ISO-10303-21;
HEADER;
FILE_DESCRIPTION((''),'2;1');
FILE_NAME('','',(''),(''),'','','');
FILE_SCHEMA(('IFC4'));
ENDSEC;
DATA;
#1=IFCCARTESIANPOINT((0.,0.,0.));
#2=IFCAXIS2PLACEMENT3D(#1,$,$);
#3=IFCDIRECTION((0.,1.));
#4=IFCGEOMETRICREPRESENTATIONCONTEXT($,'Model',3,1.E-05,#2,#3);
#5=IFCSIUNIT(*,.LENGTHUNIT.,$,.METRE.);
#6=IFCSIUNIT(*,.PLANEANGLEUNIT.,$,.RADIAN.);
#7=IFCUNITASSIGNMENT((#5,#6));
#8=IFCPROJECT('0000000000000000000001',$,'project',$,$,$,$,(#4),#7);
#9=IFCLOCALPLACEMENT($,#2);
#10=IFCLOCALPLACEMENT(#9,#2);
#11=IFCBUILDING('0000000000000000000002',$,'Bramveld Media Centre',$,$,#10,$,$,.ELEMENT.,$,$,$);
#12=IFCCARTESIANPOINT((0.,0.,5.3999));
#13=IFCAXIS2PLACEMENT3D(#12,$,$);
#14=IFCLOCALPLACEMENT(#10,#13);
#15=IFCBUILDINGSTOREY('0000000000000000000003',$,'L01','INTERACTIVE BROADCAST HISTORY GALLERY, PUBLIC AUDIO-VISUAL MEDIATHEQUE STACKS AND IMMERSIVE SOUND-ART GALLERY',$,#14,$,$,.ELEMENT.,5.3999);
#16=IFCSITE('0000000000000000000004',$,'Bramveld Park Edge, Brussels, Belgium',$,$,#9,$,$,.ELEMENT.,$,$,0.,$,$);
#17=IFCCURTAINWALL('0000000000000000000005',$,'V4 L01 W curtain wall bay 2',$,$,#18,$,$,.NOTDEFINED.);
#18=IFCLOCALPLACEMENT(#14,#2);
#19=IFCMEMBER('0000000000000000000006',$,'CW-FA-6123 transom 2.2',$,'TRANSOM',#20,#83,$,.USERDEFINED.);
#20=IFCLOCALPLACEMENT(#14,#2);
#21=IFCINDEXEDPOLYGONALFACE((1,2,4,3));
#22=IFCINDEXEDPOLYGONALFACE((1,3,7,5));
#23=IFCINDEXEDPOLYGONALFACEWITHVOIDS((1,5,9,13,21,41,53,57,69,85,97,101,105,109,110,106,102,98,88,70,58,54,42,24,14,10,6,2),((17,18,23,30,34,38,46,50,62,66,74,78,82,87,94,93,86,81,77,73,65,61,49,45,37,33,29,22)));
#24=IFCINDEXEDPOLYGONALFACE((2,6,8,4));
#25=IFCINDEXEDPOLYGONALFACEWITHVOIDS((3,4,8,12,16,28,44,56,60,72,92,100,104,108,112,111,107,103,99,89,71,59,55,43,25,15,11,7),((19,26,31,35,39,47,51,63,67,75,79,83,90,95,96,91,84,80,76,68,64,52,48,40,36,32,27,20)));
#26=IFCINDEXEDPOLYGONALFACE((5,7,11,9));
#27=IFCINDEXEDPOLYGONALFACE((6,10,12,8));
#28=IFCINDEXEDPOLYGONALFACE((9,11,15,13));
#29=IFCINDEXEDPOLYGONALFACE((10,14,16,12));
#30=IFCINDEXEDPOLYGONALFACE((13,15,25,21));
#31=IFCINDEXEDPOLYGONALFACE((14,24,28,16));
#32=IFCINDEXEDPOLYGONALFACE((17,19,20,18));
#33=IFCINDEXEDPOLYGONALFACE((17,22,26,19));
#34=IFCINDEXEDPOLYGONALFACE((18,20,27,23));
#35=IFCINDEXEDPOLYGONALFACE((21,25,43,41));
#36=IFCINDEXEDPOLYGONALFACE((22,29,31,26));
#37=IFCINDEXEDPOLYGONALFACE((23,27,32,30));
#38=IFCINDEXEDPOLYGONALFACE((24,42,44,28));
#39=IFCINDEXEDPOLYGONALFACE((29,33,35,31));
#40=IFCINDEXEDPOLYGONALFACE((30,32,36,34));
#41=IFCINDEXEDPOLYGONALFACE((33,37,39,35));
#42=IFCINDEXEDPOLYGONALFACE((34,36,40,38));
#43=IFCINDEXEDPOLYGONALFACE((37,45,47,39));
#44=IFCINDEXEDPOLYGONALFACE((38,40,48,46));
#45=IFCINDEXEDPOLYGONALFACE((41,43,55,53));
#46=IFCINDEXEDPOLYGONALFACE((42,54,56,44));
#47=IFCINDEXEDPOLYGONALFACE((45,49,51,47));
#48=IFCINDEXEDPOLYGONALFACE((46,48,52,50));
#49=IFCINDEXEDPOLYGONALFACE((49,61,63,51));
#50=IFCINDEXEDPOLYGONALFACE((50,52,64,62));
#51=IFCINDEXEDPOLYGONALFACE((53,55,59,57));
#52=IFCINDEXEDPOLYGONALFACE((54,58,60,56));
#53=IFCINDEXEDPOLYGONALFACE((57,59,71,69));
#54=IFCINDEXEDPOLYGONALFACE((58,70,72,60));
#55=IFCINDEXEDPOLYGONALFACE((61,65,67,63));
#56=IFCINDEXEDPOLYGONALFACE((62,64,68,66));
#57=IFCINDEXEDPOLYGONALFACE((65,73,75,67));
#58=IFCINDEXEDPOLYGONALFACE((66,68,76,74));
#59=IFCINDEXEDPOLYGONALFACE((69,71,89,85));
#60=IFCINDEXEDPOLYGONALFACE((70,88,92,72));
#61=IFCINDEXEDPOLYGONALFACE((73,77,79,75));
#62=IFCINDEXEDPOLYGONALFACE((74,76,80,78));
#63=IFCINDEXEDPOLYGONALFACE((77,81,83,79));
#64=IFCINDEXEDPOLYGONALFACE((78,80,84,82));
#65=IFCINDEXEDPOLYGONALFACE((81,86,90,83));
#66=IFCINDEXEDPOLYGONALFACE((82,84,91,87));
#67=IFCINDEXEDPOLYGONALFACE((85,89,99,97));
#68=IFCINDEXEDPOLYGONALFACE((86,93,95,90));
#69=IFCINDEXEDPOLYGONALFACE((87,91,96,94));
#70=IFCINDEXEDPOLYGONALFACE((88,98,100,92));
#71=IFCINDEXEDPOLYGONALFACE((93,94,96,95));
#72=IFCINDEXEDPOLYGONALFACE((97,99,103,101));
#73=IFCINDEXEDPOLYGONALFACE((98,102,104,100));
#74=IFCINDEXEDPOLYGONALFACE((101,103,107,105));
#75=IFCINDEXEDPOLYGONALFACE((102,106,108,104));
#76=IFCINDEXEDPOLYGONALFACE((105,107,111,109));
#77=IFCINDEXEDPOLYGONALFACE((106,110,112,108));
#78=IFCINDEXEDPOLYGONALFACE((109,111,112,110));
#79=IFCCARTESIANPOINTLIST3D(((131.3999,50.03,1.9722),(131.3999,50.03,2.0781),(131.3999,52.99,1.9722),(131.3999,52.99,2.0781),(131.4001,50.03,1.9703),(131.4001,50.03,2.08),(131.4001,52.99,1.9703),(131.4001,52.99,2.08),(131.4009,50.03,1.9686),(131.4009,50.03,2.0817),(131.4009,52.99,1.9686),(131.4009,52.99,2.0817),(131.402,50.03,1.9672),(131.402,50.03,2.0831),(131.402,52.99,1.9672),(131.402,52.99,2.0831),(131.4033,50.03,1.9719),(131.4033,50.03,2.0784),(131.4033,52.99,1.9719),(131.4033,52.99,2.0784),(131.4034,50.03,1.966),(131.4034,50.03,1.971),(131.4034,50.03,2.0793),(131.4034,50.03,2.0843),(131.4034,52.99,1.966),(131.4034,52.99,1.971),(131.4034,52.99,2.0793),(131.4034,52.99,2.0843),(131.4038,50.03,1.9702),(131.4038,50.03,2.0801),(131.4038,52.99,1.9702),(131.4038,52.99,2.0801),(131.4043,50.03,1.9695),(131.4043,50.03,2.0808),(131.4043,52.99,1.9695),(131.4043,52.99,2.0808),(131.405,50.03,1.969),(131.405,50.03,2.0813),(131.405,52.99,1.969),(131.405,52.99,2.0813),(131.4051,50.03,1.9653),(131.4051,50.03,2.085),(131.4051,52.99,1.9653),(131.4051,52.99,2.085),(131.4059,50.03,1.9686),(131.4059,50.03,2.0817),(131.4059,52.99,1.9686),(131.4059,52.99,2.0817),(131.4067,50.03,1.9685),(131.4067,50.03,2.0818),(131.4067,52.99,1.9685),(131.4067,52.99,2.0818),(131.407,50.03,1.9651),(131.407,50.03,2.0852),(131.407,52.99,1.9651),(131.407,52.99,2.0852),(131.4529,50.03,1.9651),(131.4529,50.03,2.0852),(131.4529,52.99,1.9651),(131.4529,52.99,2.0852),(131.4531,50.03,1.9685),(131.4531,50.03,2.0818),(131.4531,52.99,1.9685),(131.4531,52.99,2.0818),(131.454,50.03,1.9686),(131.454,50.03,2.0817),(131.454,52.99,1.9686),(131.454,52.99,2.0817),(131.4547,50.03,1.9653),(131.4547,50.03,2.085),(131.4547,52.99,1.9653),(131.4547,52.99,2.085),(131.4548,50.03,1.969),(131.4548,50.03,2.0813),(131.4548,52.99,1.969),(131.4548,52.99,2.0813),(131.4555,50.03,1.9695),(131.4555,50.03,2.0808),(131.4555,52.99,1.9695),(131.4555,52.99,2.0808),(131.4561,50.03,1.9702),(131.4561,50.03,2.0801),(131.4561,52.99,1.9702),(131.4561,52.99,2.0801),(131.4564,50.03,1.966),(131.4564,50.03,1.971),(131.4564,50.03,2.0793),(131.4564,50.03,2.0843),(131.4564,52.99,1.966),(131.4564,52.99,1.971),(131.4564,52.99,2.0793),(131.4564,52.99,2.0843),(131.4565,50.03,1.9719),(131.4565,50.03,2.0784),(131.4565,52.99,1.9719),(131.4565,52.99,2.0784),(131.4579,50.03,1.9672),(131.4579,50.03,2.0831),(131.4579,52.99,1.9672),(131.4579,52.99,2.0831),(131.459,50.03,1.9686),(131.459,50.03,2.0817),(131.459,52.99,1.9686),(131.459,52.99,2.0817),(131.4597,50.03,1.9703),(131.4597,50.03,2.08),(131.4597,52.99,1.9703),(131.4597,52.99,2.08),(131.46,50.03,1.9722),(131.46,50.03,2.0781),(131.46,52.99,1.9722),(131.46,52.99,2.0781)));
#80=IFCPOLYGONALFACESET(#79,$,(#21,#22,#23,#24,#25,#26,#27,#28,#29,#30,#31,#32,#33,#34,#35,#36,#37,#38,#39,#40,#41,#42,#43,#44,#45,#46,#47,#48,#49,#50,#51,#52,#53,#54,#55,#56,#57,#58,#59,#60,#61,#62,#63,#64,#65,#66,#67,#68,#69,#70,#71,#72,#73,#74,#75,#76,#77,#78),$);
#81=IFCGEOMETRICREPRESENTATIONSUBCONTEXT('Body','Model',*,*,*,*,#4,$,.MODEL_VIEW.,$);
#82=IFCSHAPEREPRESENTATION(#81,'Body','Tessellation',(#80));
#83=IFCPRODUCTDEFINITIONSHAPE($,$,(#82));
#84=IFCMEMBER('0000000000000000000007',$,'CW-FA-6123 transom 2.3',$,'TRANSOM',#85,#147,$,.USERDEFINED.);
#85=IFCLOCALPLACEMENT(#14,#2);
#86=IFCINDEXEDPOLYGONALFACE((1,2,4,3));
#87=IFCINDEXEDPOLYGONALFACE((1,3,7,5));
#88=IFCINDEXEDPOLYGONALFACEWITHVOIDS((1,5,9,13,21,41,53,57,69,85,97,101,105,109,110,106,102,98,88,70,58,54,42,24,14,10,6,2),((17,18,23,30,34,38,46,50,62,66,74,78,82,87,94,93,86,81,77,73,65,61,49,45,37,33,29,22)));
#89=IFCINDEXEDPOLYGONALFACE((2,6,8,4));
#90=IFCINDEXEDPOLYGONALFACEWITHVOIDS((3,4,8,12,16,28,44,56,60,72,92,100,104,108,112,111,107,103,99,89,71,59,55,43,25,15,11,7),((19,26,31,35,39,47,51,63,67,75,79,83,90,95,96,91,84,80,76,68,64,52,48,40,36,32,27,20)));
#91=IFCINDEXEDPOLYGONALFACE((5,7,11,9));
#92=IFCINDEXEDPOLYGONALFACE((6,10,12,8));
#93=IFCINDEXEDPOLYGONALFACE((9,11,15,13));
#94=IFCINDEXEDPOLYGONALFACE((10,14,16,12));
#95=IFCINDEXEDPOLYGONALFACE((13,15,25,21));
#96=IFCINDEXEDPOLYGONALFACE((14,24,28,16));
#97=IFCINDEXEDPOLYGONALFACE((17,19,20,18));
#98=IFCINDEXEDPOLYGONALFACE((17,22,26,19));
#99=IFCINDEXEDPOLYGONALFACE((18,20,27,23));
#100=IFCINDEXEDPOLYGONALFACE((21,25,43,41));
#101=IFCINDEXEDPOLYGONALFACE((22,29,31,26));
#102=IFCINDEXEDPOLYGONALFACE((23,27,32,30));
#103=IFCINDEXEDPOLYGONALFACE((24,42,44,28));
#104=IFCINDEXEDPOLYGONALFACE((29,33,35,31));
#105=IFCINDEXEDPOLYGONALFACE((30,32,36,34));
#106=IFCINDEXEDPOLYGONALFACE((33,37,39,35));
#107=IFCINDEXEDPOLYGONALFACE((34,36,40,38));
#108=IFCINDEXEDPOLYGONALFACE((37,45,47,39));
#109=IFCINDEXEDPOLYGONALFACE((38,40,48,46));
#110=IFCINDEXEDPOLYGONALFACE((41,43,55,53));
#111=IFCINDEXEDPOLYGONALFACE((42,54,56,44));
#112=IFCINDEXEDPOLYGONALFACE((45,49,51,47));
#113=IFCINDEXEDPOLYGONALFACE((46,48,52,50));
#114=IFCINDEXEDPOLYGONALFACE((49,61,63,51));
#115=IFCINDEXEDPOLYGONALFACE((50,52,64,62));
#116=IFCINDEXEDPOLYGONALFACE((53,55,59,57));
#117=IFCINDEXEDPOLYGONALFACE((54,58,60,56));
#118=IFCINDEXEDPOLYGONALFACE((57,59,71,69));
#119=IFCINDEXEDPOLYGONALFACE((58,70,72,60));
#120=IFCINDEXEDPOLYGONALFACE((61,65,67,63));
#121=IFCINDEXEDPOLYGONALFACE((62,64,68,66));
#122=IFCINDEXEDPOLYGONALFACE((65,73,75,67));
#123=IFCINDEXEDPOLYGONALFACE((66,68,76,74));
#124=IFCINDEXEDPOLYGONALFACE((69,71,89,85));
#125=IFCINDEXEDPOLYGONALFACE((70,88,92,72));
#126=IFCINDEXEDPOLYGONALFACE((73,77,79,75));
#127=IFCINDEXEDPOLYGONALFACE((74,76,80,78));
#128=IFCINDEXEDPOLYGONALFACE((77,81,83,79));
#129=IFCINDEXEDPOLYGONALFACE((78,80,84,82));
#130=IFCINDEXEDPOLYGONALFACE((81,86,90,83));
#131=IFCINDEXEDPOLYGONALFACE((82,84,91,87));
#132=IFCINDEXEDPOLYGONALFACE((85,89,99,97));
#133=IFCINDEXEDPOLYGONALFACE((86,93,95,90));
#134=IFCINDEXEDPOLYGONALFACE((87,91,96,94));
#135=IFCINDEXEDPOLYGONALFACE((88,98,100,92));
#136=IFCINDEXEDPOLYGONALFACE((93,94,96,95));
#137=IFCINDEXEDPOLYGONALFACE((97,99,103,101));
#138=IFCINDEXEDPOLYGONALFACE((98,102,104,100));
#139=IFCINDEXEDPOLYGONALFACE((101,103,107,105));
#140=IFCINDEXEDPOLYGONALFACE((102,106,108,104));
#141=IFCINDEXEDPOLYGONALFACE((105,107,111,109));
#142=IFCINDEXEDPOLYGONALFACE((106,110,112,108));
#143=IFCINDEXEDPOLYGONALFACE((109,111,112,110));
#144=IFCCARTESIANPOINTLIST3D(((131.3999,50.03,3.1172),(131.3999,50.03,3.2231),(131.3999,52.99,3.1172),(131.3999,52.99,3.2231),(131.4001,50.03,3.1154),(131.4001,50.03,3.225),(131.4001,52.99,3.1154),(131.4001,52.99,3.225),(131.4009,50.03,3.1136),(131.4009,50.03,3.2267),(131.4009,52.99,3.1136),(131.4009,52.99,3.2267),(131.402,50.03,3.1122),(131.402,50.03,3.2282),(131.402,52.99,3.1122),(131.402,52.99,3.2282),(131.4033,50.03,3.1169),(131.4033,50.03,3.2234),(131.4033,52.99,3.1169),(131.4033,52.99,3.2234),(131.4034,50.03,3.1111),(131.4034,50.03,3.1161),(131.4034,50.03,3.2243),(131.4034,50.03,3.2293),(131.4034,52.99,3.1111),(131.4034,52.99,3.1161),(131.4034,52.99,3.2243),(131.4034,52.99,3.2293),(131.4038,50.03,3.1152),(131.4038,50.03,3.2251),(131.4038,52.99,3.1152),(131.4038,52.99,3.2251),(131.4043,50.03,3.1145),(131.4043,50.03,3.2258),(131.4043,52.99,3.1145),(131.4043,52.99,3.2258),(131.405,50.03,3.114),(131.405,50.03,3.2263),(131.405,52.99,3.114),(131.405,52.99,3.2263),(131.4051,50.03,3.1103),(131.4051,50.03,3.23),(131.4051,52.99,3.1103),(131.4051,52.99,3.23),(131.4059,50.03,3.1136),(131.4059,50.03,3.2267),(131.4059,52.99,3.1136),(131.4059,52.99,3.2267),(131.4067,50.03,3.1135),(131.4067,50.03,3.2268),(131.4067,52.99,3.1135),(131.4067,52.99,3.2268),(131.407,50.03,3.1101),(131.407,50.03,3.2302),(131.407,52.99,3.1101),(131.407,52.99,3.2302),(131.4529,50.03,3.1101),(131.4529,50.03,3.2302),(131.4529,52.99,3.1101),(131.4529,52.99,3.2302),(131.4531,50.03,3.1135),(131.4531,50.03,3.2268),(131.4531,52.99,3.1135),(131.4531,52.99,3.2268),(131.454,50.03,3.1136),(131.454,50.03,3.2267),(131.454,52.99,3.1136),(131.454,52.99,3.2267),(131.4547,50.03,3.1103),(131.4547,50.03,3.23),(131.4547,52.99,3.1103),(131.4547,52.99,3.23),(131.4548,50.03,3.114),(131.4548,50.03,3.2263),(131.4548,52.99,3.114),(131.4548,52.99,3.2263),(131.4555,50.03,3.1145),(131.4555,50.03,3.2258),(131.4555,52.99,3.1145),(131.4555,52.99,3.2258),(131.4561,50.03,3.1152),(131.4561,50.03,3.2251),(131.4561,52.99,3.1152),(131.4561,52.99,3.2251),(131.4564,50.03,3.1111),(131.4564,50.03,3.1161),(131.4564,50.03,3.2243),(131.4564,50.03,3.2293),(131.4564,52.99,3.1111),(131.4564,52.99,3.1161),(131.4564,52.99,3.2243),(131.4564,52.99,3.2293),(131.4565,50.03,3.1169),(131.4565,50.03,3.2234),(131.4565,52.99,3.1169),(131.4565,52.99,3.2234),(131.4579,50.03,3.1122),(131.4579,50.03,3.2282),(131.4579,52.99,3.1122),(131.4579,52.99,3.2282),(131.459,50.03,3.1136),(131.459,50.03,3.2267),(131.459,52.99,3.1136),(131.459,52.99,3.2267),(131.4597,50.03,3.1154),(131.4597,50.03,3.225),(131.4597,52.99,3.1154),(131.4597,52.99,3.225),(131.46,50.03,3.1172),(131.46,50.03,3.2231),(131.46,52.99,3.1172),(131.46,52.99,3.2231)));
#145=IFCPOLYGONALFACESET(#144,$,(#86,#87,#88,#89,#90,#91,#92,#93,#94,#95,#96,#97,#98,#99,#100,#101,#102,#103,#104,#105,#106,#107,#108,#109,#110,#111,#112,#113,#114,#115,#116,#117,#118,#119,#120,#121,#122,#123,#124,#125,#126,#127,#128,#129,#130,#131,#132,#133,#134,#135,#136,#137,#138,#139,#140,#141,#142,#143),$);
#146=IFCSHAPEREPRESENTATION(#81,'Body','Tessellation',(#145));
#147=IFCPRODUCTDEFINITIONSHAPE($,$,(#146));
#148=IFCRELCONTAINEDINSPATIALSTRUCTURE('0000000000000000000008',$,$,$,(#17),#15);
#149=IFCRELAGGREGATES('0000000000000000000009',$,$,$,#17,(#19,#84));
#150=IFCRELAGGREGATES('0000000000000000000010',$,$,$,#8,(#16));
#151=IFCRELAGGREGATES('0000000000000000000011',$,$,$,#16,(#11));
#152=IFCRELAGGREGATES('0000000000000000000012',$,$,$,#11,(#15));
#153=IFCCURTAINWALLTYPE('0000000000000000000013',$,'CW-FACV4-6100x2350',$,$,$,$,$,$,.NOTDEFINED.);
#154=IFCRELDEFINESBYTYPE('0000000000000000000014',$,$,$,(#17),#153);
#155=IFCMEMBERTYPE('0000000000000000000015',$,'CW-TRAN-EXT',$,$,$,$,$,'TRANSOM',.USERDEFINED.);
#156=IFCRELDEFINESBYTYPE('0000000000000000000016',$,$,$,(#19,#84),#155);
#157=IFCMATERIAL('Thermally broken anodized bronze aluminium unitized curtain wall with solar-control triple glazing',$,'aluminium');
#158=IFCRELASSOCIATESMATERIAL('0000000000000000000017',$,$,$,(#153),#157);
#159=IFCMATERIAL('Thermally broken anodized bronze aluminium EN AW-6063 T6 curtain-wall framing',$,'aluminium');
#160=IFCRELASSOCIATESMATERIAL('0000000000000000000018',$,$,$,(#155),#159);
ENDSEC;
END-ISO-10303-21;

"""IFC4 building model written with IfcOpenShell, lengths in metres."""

from ifc_helpers import new_model, si_unit, direction, frame, origin, origin_2d, place, context, subcontext, project, spatial, hollow_rectangle, extrude, material, material_profile, profile_set, type_object, element, aggregate, save


model = new_model("IFC4")

# Units and contexts
model_context = context("Model", 3, precision=1e-05, world=origin(), true_north=direction((0.0, 1.0)))
body_context = subcontext(model_context, "Body", "Model", "MODEL_VIEW")
ifc_project = project(units=[si_unit("LENGTHUNIT", "METRE"), si_unit("PLANEANGLEUNIT", "RADIAN")], contexts=[model_context])

# Site, building, storey
site_placement = place(None, origin())
site = spatial("IfcSite", under=ifc_project, at=site_placement, Name="Bramveld Park Edge, Brussels, Belgium", CompositionType="ELEMENT", RefElevation=0.0)
building_placement = place(site_placement, origin())
building = spatial("IfcBuilding", under=site, at=building_placement, Name="Bramveld Media Centre", CompositionType="ELEMENT")
storey_placement = place(building_placement, frame((0.0, 0.0, 5.3999)))
storey = spatial("IfcBuildingStorey", under=building, at=storey_placement, Name="L01", Description="INTERACTIVE BROADCAST HISTORY GALLERY, PUBLIC AUDIO-VISUAL MEDIATHEQUE STACKS AND IMMERSIVE SOUND-ART GALLERY", CompositionType="ELEMENT", Elevation=5.3999)

# Curtain wall
ifc_material_1 = material(Name="Thermally broken anodized bronze aluminium unitized curtain wall with solar-control triple glazing", Category="aluminium")
curtain_wall_type = type_object("IfcCurtainWallType", Name="CW-FACV4-6100x2350", PredefinedType="NOTDEFINED", material=ifc_material_1)
curtain_wall_1_placement = place(storey_placement, origin())
curtain_wall_1 = element("IfcCurtainWall", 1, at=curtain_wall_1_placement, inside=storey, type_object=curtain_wall_type, Name="V4 L01 W curtain wall bay 2", PredefinedType="NOTDEFINED")

# Members
ifc_material_2 = material(Name="Thermally broken anodized bronze aluminium EN AW-6063 T6 curtain-wall framing", Category="aluminium")
ifc_material_profile_1 = material_profile(ifc_material_2, hollow_rectangle(XDim=0.0601, YDim=0.1201, WallThickness=0.0034, InnerFilletRadius=0.0034, OuterFilletRadius=0.0071, at=origin_2d()), Name="AL-TRAN 60x120")
ifc_profile_set_1 = profile_set([ifc_material_profile_1], Name="Thermally broken anodized bronze aluminium EN AW-6063 T6 curtain-wall framing")
member_type_1 = type_object("IfcMemberType", Name="CW-TRAN-EXT", ElementType="TRANSOM", PredefinedType="USERDEFINED", material=ifc_profile_set_1)
member_1_placement = place(storey_placement, frame((131.4299, 50.03, 2.0251), z_axis=(0.0, 1.0, 0.0), x_axis=(-1.0, 0.0, 0.0)))
member_1 = element("IfcMember", 2, at=member_1_placement, type_object=member_type_1, Name="CW-FA-6123 transom 2.2", ObjectType="TRANSOM", PredefinedType="USERDEFINED", context=body_context, shape_type="SweptSolid", body=[
    extrude(hollow_rectangle(XDim=0.0601, YDim=0.1201, WallThickness=0.0034, InnerFilletRadius=0.0034, OuterFilletRadius=0.0071, at=origin_2d()), origin(), (0.0, 0.0, 1.0), 2.96),
])
member_2_placement = place(storey_placement, frame((131.4299, 50.03, 3.1702), z_axis=(0.0, 1.0, 0.0), x_axis=(-1.0, 0.0, 0.0)))
member_2 = element("IfcMember", 3, at=member_2_placement, type_object=member_type_1, Name="CW-FA-6123 transom 2.3", ObjectType="TRANSOM", PredefinedType="USERDEFINED", context=body_context, shape_type="SweptSolid", body=[
    extrude(hollow_rectangle(XDim=0.0601, YDim=0.1201, WallThickness=0.0034, InnerFilletRadius=0.0034, OuterFilletRadius=0.0071, at=origin_2d()), origin(), (0.0, 0.0, 1.0), 2.96),
])

aggregate(curtain_wall_1, [member_1, member_2])

save(model, "model.ifc")
